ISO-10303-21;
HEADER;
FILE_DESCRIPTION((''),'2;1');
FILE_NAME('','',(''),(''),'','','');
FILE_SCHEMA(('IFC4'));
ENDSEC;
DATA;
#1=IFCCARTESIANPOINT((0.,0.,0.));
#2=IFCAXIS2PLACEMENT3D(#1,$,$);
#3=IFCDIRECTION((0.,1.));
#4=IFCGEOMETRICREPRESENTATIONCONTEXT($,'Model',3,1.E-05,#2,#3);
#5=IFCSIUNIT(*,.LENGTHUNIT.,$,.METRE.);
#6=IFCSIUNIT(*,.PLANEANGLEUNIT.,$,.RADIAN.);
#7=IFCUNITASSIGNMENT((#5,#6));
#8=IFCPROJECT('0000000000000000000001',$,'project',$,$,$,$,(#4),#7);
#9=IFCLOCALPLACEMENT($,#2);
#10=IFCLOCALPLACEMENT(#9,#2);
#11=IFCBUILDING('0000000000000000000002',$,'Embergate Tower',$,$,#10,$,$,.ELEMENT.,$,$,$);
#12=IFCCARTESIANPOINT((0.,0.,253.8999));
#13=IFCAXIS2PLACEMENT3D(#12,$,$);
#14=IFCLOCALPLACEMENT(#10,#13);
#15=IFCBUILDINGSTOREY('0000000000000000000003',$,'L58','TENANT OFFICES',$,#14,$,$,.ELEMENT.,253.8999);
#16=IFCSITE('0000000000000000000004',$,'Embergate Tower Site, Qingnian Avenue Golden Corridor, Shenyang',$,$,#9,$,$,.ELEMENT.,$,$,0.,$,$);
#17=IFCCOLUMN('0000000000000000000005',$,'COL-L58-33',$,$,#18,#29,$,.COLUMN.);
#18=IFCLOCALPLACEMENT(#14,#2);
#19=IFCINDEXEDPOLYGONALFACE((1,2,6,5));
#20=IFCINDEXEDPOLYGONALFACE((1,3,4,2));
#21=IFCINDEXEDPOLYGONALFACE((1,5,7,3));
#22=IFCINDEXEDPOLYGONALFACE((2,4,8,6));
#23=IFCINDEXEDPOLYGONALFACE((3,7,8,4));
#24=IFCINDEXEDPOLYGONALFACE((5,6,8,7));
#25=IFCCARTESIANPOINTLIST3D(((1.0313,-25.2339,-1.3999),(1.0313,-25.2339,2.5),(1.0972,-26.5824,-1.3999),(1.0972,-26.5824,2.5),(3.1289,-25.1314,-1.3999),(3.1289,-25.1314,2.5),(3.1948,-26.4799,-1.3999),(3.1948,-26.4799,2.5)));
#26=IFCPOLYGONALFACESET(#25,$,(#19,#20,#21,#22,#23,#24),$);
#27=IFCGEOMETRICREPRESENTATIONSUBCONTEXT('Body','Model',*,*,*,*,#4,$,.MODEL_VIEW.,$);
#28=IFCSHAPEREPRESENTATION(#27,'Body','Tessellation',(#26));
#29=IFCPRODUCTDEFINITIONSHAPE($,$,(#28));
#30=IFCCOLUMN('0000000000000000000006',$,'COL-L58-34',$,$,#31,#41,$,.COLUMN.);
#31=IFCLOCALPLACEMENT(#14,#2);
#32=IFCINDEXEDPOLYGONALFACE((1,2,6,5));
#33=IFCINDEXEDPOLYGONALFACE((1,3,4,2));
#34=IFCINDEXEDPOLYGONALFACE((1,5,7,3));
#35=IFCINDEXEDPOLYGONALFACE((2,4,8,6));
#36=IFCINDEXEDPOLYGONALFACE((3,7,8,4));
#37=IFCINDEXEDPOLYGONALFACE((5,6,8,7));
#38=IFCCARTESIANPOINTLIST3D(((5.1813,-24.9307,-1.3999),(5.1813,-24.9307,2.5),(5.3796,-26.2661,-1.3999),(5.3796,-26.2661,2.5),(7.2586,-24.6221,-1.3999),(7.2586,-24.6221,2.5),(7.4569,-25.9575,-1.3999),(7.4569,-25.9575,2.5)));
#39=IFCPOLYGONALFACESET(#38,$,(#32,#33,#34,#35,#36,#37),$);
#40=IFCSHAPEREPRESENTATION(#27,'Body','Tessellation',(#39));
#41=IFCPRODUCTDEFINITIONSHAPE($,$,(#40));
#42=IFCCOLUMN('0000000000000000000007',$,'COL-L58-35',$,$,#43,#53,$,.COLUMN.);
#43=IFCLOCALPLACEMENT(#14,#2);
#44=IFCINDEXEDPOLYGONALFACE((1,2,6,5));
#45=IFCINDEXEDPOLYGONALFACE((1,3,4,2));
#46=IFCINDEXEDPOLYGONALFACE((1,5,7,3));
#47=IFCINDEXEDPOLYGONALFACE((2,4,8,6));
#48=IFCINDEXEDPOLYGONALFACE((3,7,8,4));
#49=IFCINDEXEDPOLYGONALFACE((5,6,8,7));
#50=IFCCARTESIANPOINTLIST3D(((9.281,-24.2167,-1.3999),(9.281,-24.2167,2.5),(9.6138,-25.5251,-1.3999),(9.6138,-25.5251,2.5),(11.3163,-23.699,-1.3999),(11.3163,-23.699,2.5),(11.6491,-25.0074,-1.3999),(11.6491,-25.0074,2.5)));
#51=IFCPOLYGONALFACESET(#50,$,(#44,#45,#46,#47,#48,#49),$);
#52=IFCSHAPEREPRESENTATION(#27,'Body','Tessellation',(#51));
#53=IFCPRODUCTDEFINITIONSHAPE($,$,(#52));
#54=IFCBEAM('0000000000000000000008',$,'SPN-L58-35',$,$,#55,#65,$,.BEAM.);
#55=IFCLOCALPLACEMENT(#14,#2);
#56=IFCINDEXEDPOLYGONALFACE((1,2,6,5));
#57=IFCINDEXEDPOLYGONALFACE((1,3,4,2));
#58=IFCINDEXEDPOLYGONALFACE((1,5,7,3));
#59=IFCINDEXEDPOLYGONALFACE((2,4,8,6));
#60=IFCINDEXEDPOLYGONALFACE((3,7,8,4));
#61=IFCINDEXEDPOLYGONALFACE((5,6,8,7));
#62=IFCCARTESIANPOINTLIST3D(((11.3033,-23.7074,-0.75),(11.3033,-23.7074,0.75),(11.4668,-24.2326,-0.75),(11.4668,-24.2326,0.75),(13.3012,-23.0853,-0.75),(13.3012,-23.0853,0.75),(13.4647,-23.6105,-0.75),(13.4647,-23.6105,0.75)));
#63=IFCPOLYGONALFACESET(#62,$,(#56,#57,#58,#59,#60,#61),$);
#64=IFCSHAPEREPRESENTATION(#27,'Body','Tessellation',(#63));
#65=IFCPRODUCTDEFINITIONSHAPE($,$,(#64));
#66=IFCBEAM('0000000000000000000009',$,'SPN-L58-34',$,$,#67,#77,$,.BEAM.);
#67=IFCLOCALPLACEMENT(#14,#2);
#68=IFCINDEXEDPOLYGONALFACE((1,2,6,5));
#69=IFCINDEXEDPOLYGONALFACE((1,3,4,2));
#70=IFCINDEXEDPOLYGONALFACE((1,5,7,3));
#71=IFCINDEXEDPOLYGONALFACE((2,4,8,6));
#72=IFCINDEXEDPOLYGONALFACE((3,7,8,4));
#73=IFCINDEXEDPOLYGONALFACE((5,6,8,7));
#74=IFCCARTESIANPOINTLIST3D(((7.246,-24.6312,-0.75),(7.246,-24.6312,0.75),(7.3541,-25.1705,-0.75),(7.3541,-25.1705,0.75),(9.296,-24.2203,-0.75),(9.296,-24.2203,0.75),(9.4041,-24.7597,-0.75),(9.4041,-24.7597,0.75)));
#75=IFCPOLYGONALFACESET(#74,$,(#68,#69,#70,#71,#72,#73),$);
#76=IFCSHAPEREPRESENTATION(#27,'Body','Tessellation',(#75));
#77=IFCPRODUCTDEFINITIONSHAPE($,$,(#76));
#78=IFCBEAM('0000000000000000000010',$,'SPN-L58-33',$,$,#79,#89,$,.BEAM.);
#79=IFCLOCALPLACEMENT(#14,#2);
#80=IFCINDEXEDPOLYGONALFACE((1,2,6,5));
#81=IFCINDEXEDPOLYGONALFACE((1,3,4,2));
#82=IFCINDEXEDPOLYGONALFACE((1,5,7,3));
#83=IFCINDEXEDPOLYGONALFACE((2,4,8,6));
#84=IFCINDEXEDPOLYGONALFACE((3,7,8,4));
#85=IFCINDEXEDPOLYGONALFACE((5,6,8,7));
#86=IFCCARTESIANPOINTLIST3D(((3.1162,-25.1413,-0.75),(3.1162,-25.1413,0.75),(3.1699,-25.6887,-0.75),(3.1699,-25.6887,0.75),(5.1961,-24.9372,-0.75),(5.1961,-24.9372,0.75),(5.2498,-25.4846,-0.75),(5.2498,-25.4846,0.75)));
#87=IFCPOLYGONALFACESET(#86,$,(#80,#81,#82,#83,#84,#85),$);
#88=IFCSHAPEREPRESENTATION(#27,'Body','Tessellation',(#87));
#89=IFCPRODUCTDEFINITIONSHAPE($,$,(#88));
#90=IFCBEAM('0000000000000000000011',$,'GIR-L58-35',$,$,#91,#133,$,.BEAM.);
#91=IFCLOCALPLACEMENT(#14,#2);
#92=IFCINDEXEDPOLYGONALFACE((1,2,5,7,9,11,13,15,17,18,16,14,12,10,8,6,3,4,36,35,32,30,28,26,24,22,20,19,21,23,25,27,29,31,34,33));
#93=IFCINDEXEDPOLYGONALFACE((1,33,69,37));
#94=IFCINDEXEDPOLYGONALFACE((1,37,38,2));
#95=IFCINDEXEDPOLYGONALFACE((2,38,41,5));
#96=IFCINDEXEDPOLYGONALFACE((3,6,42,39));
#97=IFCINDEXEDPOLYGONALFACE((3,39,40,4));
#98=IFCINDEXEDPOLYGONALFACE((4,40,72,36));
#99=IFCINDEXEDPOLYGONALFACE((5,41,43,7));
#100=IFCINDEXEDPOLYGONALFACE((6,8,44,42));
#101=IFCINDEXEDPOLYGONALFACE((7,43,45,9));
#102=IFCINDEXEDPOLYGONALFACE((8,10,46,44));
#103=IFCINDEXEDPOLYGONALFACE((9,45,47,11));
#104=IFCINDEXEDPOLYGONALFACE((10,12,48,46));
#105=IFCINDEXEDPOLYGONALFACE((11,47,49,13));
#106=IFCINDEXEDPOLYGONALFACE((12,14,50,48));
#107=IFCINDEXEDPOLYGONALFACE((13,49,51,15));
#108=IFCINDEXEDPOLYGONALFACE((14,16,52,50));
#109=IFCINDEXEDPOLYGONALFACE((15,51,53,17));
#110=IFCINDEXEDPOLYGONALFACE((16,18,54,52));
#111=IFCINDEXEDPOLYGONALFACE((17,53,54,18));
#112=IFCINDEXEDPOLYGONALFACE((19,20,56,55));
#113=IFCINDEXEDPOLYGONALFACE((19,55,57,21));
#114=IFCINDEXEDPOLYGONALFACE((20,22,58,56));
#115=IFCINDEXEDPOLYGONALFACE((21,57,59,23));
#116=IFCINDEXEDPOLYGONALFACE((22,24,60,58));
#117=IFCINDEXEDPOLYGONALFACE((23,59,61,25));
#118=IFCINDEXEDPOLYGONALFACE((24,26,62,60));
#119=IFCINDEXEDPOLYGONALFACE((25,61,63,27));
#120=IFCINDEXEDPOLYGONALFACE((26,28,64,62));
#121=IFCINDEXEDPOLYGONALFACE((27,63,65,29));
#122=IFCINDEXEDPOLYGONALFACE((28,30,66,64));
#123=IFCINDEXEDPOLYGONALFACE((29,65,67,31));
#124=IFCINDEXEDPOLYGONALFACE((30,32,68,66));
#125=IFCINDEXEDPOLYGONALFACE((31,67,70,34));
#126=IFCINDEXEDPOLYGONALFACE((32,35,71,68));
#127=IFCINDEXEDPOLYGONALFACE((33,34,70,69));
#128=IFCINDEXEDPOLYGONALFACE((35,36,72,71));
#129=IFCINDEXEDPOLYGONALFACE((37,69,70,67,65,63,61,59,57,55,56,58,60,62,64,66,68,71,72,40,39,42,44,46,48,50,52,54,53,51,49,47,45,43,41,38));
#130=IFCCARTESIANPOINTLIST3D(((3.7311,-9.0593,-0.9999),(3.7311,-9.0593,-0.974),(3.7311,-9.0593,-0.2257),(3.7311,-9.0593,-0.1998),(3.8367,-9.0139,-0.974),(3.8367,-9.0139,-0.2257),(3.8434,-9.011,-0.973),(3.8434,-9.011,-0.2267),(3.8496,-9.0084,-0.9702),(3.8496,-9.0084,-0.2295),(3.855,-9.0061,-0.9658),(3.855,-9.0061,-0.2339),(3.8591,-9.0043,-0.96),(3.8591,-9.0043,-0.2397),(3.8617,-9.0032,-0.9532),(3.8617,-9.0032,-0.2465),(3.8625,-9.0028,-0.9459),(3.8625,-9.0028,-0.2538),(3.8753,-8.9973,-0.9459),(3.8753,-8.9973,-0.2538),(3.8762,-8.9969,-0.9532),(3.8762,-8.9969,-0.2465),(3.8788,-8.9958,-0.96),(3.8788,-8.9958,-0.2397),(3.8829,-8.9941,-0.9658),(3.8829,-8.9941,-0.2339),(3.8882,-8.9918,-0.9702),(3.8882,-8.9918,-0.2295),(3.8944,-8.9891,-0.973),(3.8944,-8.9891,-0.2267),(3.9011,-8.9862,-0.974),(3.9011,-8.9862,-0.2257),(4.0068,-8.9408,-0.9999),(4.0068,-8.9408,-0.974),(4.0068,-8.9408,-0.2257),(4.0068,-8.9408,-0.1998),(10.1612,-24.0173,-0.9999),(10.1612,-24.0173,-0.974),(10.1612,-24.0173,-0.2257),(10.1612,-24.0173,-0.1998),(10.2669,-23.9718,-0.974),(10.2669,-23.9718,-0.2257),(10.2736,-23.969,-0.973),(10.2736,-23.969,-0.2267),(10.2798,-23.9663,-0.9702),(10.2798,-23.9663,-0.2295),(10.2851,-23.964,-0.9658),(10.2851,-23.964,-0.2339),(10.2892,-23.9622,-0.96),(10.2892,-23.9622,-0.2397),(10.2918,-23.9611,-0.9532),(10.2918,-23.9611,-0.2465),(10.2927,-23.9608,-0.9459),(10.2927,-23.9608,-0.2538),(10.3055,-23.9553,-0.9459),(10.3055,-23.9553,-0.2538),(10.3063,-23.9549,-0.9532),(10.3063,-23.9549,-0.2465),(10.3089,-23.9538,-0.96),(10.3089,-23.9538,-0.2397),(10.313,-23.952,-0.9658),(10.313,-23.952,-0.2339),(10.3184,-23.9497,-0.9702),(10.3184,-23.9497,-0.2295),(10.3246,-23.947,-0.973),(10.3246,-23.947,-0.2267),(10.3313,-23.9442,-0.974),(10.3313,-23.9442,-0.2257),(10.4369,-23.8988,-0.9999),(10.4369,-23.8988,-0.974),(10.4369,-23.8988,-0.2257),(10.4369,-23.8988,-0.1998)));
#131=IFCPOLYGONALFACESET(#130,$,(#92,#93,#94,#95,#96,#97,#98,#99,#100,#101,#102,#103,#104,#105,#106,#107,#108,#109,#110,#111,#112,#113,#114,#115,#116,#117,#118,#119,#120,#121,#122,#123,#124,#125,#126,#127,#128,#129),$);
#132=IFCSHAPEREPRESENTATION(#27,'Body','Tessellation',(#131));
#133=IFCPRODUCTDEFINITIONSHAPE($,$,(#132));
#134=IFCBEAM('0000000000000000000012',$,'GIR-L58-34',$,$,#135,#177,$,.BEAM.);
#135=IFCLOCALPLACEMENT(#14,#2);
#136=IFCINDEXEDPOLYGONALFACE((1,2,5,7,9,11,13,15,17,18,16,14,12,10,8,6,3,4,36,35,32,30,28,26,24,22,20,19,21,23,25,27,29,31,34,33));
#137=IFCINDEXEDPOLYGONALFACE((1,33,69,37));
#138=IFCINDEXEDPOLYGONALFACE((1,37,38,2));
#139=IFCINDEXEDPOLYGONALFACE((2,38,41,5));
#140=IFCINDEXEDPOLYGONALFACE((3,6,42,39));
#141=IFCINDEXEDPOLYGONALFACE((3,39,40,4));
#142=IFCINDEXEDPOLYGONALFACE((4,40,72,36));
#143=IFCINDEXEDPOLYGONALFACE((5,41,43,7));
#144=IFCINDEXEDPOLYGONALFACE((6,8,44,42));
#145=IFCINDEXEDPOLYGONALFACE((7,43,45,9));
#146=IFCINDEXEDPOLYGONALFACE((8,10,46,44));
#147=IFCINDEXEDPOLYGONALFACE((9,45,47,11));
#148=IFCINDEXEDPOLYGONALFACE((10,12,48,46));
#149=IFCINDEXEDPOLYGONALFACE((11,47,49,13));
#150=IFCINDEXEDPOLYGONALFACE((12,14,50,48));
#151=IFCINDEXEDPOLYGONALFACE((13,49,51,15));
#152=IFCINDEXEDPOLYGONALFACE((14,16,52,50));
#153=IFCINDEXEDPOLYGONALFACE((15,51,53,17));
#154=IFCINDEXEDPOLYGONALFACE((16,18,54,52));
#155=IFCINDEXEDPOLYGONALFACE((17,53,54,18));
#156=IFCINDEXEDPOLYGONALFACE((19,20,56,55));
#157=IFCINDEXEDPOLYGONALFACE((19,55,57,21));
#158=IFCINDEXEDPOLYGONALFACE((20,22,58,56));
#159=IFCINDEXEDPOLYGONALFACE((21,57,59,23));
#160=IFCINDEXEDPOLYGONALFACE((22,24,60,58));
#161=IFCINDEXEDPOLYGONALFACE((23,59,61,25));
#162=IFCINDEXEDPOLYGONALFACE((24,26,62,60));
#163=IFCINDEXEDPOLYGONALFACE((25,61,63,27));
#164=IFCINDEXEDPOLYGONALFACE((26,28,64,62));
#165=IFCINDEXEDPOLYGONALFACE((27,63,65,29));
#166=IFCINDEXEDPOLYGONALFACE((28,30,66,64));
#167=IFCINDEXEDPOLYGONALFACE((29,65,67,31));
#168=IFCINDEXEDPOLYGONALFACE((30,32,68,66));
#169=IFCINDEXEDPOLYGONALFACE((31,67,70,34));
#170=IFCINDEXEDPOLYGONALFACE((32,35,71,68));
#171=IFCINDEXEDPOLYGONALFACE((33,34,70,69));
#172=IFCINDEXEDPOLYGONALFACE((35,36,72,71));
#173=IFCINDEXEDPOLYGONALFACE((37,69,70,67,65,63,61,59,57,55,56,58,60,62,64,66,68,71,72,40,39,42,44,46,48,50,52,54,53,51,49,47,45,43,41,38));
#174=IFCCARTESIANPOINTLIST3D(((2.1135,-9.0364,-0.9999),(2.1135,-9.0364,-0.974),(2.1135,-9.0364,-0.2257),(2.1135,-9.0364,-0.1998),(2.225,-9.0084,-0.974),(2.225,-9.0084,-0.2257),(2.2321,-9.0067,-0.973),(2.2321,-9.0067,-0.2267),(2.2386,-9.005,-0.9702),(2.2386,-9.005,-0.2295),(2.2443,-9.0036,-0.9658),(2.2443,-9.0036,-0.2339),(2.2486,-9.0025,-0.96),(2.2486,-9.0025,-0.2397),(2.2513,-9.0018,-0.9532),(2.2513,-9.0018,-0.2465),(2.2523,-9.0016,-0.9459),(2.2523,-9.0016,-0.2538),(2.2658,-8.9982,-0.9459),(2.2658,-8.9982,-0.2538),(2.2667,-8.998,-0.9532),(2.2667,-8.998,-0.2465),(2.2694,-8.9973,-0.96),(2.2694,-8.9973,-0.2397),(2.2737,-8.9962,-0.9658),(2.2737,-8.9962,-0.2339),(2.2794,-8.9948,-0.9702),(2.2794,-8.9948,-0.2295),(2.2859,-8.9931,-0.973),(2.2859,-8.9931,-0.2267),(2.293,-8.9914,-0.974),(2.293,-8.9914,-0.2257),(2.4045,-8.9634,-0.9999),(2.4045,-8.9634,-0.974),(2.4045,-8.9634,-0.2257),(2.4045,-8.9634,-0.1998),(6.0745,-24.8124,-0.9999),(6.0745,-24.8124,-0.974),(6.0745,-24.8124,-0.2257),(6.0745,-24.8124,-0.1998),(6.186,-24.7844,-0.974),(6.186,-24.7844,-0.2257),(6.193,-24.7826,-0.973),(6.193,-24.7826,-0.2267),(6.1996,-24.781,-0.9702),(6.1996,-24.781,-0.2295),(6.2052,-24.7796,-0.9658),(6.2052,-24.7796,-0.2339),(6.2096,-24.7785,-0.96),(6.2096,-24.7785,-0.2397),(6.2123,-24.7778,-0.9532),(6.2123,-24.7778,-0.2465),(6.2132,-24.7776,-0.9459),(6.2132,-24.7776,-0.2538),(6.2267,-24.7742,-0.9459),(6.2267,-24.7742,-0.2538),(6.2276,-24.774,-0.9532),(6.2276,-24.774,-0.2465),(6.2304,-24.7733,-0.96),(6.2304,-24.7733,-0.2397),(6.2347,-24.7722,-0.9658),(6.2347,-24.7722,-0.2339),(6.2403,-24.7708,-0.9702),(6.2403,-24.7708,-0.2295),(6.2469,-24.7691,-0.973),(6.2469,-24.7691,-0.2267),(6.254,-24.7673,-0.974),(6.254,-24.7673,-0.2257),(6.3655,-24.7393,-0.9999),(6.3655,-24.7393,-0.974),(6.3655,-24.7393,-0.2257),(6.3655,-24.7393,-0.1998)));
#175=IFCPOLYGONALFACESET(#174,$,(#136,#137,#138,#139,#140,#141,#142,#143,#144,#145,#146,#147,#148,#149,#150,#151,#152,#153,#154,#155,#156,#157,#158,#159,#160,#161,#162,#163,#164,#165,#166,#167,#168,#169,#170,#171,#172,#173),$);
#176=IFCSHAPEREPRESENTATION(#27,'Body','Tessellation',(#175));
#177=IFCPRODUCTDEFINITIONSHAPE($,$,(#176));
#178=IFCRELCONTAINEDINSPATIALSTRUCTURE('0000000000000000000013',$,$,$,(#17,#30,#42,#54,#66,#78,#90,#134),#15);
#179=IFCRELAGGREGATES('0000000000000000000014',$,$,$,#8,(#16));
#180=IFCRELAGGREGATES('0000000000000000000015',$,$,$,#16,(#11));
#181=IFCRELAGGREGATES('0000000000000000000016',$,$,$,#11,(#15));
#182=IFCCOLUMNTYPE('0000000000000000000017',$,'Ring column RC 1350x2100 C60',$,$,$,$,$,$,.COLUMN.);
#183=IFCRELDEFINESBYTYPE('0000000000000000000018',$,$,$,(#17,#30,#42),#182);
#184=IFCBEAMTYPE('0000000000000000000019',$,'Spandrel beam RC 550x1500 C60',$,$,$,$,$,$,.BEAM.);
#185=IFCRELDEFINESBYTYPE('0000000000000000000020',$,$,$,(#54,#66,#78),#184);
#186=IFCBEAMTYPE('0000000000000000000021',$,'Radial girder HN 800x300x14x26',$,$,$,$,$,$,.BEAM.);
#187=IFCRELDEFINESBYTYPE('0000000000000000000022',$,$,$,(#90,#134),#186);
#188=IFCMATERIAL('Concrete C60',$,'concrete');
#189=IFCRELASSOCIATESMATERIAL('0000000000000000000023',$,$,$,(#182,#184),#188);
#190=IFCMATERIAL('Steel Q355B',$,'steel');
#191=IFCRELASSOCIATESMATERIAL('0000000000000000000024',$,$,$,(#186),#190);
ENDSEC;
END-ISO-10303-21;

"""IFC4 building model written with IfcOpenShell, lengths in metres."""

from ifc_helpers import new_model, si_unit, direction, frame, origin, origin_2d, place, context, subcontext, project, spatial, rectangle, i_section, extrude, source, transform, mapped, material, material_profile, profile_set, type_object, element, save


model = new_model("IFC4")

# Units and contexts
model_context = context("Model", 3, precision=1e-05, world=origin(), true_north=direction((0.0, 1.0)))
body_context = subcontext(model_context, "Body", "Model", "MODEL_VIEW")
ifc_project = project(units=[si_unit("LENGTHUNIT", "METRE"), si_unit("PLANEANGLEUNIT", "RADIAN")], contexts=[model_context])

# Site, building, storey
site_placement = place(None, origin())
site = spatial("IfcSite", under=ifc_project, at=site_placement, Name="Embergate Tower Site, Qingnian Avenue Golden Corridor, Shenyang", CompositionType="ELEMENT", RefElevation=0.0)
building_placement = place(site_placement, origin())
building = spatial("IfcBuilding", under=site, at=building_placement, Name="Embergate Tower", CompositionType="ELEMENT")
storey_placement = place(building_placement, frame((0.0, 0.0, 253.8999)))
storey = spatial("IfcBuildingStorey", under=building, at=storey_placement, Name="L58", Description="TENANT OFFICES", CompositionType="ELEMENT", Elevation=253.8999)

# Columns
ifc_material_1 = material(Name="Concrete C60", Category="concrete")
ifc_material_profile_1 = material_profile(ifc_material_1, rectangle(XDim=1.3501, YDim=2.1001, at=origin_2d()), Name="RC 1350x2100")
ifc_profile_set_1 = profile_set([ifc_material_profile_1], Name="Concrete C60")
column_type = type_object("IfcColumnType", Name="Ring column RC 1350x2100 C60", PredefinedType="COLUMN", material=ifc_profile_set_1)
shared_shape_1 = source(origin(), body_context, "Body", "SweptSolid", [
    extrude(rectangle(XDim=1.3501, YDim=2.1001, at=origin_2d()), origin(), (0.0, 0.0, 1.0), 3.8999),
])
for number, where, z_axis, x_axis, name in (
    (1, (2.113, -25.8569, -1.3999), (0.0, 0.0, 1.0), (0.048815, -0.998808, 0.0), "COL-L58-33"),
    (2, (6.3191, -25.4441, -1.3999), (0.0, 0.0, 1.0), (0.146929, -0.989147, 0.0), "COL-L58-34"),
    (3, (10.4651, -24.6121, -1.3999), (0.0, 0.0, 1.0), (0.246509, -0.969141, 0.0), "COL-L58-35"),
):
    element("IfcColumn", number, at=place(storey_placement, frame(where, z_axis=z_axis, x_axis=x_axis)), inside=storey, type_object=column_type, Name=name, PredefinedType="COLUMN", context=body_context, shape_type="MappedRepresentation", body=[
        mapped(shared_shape_1, transform((0.0, 0.0, 0.0))),
    ])

# Beams
ifc_material_profile_2 = material_profile(ifc_material_1, rectangle(XDim=0.55, YDim=1.5, at=origin_2d()), Name="RC 550x1500")
ifc_profile_set_2 = profile_set([ifc_material_profile_2], Name="Concrete C60")
beam_type_1 = type_object("IfcBeamType", Name="Spandrel beam RC 550x1500 C60", PredefinedType="BEAM", material=ifc_profile_set_2)
shared_shape_2 = source(origin(), body_context, "Body", "SweptSolid", [
    extrude(rectangle(XDim=0.55, YDim=1.5, at=origin_2d()), origin(), (0.0, 0.0, 1.0), 2.0925),
])
beam_1_placement = place(storey_placement, frame((11.385, -23.97, 0.0), z_axis=(0.954795, 0.297265, 0.0), x_axis=(-0.297265, 0.954795, 0.0)))
element("IfcBeam", 4, at=beam_1_placement, inside=storey, type_object=beam_type_1, Name="SPN-L58-35", PredefinedType="BEAM", context=body_context, shape_type="MappedRepresentation", body=[
    mapped(shared_shape_2, transform((0.0, 0.0, 0.0))),
])
shared_shape_3 = source(origin(), body_context, "Body", "SweptSolid", [
    extrude(rectangle(XDim=0.55, YDim=1.5, at=origin_2d()), origin(), (0.0, 0.0, 1.0), 2.0908),
])
beam_2_placement = place(storey_placement, frame((7.3, -24.9009, 0.0), z_axis=(0.9805, 0.19652, 0.0), x_axis=(-0.19652, 0.9805, 0.0)))
element("IfcBeam", 5, at=beam_2_placement, inside=storey, type_object=beam_type_1, Name="SPN-L58-34", PredefinedType="BEAM", context=body_context, shape_type="MappedRepresentation", body=[
    mapped(shared_shape_3, transform((0.0, 0.0, 0.0))),
])
shared_shape_4 = source(origin(), body_context, "Body", "SweptSolid", [
    extrude(rectangle(XDim=0.55, YDim=1.5, at=origin_2d()), origin(), (0.0, 0.0, 1.0), 2.0898),
])
beam_3_placement = place(storey_placement, frame((3.1431, -25.415, 0.0), z_axis=(0.995219, 0.097664, 0.0), x_axis=(-0.097664, 0.995219, 0.0)))
element("IfcBeam", 6, at=beam_3_placement, inside=storey, type_object=beam_type_1, Name="SPN-L58-33", PredefinedType="BEAM", context=body_context, shape_type="MappedRepresentation", body=[
    mapped(shared_shape_4, transform((0.0, 0.0, 0.0))),
])
ifc_material_2 = material(Name="Steel Q355B", Category="steel")
ifc_material_profile_3 = material_profile(ifc_material_2, i_section(OverallWidth=0.3, OverallDepth=0.8, WebThickness=0.0139, FlangeThickness=0.0259, FilletRadius=0.0281, at=origin_2d()), Name="HN 800x300x14x26")
ifc_profile_set_3 = profile_set([ifc_material_profile_3], Name="Steel Q355 grade B")
beam_type_2 = type_object("IfcBeamType", Name="Radial girder HN 800x300x14x26", PredefinedType="BEAM", material=ifc_profile_set_3)
shared_shape_5 = source(origin(), body_context, "Body", "SweptSolid", [
    extrude(i_section(OverallWidth=0.3, OverallDepth=0.8, WebThickness=0.0139, FlangeThickness=0.0259, FilletRadius=0.0281, at=origin_2d()), origin(), (0.0, 0.0, 1.0), 16.2815),
])
beam_4_placement = place(storey_placement, frame((10.2991, -23.958, -0.5999), z_axis=(-0.394936, 0.918709, 0.0), x_axis=(-0.918709, -0.394936, 0.0)))
element("IfcBeam", 7, at=beam_4_placement, inside=storey, type_object=beam_type_2, Name="GIR-L58-35", PredefinedType="BEAM", context=body_context, shape_type="MappedRepresentation", body=[
    mapped(shared_shape_5, transform((0.0, 0.0, 0.0))),
])
shared_shape_6 = source(origin(), body_context, "Body", "SweptSolid", [
    extrude(i_section(OverallWidth=0.3, OverallDepth=0.8, WebThickness=0.0139, FlangeThickness=0.0259, FilletRadius=0.0281, at=origin_2d()), origin(), (0.0, 0.0, 1.0), 16.2656),
])
beam_5_placement = place(storey_placement, frame((6.22, -24.7759, -0.5999), z_axis=(-0.243517, 0.969897, 0.0), x_axis=(-0.969897, -0.243517, 0.0)))
element("IfcBeam", 8, at=beam_5_placement, inside=storey, type_object=beam_type_2, Name="GIR-L58-34", PredefinedType="BEAM", context=body_context, shape_type="MappedRepresentation", body=[
    mapped(shared_shape_6, transform((0.0, 0.0, 0.0))),
])

save(model, "model.ifc")
